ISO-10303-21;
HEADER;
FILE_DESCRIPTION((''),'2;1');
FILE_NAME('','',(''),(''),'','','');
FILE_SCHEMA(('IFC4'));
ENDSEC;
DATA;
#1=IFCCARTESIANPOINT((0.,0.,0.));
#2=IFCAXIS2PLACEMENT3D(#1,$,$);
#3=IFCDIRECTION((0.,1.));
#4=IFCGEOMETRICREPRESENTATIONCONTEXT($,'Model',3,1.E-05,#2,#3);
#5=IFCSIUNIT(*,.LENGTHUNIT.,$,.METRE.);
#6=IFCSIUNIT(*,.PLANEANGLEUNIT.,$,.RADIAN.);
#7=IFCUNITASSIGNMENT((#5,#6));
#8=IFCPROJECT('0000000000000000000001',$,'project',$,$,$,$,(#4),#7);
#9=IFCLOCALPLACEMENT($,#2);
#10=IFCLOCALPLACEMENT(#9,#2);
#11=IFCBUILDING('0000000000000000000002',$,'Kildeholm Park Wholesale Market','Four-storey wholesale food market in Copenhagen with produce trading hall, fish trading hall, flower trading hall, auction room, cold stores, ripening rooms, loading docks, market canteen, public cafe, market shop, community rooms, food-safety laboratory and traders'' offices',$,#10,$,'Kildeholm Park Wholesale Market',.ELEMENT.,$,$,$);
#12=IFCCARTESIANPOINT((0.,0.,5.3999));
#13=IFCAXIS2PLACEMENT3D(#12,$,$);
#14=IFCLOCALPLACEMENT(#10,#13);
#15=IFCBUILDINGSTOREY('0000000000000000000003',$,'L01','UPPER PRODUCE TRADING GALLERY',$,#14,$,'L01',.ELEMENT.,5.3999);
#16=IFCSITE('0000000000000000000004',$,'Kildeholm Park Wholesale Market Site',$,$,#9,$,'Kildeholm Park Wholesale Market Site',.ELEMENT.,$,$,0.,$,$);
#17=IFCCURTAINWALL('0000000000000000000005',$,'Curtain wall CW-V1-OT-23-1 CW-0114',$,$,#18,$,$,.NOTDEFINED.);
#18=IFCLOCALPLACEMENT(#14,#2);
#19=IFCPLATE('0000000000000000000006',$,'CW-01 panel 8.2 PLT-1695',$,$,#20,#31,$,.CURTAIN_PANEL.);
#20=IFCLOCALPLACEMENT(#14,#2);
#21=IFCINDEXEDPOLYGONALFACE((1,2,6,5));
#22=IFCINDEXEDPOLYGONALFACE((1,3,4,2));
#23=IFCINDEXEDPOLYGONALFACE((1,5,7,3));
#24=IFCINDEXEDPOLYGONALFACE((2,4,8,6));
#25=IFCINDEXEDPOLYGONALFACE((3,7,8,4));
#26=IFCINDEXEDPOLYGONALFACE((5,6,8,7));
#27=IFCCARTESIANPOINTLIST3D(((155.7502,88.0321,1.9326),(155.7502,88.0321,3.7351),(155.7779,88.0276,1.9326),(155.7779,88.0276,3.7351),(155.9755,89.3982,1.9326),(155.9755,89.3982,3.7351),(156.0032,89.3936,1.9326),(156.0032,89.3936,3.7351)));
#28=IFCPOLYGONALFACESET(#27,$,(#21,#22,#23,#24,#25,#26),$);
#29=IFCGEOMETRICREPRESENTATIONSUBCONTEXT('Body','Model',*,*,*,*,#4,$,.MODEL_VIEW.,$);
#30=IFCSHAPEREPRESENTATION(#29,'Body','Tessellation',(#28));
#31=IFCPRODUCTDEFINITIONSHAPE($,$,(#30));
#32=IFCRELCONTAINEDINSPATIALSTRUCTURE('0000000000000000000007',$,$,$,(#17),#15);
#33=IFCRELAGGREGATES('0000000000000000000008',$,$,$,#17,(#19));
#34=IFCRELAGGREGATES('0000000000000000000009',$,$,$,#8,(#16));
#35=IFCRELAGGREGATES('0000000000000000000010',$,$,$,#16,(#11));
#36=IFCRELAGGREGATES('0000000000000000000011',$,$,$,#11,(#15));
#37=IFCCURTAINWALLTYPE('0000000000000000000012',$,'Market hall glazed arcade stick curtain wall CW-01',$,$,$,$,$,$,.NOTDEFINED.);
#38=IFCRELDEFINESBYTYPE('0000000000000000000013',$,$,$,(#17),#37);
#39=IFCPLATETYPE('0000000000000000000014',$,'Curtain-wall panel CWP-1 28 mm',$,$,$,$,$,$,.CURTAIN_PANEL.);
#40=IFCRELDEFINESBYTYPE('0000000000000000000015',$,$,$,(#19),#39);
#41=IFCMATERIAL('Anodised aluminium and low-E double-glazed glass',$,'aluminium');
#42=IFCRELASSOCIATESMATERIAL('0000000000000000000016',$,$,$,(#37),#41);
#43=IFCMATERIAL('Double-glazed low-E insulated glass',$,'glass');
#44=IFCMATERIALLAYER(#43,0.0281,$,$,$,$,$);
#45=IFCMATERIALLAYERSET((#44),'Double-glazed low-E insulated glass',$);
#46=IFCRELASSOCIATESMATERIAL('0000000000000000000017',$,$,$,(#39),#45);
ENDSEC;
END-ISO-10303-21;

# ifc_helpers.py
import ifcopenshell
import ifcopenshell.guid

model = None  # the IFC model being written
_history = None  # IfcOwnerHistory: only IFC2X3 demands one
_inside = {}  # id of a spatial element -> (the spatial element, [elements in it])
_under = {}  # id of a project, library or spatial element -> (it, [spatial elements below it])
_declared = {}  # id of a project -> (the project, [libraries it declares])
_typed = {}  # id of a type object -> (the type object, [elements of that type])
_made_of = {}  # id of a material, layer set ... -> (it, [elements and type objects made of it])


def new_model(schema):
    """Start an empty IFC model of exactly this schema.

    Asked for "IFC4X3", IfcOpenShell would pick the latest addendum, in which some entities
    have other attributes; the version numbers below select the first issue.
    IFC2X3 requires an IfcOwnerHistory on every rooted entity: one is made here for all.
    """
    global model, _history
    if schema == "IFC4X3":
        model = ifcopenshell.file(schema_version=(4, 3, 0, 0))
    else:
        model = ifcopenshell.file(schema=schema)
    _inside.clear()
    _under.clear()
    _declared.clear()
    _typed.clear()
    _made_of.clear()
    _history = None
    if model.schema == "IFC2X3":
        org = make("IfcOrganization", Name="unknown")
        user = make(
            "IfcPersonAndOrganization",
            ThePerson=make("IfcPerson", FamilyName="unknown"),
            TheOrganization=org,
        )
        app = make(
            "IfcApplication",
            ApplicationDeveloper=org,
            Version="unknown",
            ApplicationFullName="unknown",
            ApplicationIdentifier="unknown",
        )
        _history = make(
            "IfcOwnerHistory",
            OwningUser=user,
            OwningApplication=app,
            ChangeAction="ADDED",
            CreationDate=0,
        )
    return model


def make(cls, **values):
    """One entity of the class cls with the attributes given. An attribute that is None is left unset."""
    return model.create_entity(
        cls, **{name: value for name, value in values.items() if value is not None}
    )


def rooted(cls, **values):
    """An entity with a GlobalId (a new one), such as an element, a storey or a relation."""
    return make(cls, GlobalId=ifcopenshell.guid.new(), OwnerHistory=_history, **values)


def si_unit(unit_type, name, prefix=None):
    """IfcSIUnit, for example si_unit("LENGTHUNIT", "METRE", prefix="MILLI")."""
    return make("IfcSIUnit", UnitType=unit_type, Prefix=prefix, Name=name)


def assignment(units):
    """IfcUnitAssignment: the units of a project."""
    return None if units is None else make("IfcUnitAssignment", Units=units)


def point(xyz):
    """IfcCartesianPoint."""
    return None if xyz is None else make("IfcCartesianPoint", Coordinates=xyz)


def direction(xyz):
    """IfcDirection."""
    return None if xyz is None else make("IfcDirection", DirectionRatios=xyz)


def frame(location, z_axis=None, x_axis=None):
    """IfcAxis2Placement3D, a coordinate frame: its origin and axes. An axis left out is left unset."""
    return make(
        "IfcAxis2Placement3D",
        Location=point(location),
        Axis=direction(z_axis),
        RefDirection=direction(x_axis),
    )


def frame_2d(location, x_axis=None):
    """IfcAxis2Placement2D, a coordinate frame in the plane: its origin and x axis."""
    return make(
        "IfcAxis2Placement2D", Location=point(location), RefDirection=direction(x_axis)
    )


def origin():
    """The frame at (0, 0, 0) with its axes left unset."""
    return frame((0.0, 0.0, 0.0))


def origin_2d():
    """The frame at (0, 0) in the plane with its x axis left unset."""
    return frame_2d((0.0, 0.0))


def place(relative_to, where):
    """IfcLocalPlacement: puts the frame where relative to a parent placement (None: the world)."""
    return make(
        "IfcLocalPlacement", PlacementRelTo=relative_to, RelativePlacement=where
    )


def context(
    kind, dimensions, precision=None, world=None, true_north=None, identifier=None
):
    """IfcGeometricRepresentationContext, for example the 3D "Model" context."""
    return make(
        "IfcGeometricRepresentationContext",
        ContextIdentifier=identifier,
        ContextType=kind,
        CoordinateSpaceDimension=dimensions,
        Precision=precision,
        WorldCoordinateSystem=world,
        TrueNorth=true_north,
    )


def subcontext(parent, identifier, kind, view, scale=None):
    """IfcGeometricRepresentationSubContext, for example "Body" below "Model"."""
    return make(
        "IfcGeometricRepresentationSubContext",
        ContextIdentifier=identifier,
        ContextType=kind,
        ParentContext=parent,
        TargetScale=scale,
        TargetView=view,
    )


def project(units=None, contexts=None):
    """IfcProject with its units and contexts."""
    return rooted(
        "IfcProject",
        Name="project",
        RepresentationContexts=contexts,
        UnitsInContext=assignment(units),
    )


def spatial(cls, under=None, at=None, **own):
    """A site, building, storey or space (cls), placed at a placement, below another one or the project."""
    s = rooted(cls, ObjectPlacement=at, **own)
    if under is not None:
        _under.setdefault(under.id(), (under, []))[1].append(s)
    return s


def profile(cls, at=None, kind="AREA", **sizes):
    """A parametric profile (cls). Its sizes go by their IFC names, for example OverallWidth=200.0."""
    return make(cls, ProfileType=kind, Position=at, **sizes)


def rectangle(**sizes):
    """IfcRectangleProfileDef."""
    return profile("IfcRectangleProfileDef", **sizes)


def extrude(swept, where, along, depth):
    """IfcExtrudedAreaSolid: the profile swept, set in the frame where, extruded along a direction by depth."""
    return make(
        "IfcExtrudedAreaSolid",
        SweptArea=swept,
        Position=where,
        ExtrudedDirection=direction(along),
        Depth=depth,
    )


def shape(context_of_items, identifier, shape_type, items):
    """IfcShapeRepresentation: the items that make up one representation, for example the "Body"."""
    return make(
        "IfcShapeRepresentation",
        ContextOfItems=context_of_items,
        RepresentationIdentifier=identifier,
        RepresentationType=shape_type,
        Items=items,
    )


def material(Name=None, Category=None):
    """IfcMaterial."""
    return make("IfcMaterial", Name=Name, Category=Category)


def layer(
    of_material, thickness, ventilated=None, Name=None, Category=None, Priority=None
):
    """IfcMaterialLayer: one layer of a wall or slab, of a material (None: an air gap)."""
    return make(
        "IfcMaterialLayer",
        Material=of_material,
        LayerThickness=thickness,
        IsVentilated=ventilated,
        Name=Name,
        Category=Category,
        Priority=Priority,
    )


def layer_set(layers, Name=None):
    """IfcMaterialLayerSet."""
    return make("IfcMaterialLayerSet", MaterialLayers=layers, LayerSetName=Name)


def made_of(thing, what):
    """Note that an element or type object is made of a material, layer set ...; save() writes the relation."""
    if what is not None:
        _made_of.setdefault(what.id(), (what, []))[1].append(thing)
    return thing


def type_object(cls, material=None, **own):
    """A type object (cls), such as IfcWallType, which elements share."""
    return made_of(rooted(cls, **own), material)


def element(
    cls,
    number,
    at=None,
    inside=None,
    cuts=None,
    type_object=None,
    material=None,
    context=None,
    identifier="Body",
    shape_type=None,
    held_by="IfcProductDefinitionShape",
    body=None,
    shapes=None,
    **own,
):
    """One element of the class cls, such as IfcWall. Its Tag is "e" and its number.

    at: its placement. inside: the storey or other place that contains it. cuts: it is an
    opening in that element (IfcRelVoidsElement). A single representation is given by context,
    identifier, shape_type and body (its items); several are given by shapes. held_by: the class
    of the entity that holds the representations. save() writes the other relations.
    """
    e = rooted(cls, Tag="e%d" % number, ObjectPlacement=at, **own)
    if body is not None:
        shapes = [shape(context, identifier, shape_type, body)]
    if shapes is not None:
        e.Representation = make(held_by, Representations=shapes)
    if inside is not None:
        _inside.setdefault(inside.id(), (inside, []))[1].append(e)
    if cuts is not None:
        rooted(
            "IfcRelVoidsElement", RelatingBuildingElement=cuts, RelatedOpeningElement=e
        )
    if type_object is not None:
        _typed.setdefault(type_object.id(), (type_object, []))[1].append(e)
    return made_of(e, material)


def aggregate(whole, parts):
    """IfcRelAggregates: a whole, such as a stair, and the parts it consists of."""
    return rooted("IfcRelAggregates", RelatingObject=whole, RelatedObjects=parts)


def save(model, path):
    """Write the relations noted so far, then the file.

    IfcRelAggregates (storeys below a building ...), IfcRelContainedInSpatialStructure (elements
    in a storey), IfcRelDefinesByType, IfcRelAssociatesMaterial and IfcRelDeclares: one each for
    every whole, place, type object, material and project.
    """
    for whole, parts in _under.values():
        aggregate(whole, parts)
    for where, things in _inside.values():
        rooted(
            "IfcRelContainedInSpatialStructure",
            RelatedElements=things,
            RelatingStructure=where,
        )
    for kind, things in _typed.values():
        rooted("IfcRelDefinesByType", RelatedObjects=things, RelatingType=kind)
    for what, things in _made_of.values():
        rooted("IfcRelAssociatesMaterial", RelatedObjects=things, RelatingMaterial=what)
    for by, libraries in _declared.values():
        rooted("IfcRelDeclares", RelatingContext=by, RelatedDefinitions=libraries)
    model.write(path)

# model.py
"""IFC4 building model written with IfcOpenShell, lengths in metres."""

from ifc_helpers import new_model, si_unit, direction, frame, origin, origin_2d, place, context, subcontext, project, spatial, rectangle, extrude, material, layer, layer_set, type_object, element, aggregate, save


model = new_model("IFC4")

# Units and contexts
model_context = context("Model", 3, precision=1e-05, world=origin(), true_north=direction((0.0, 1.0)))
body_context = subcontext(model_context, "Body", "Model", "MODEL_VIEW")
ifc_project = project(units=[si_unit("LENGTHUNIT", "METRE"), si_unit("PLANEANGLEUNIT", "RADIAN")], contexts=[model_context])

# Site, building, storey
site_placement = place(None, origin())
site = spatial("IfcSite", under=ifc_project, at=site_placement, Name="Kildeholm Park Wholesale Market Site", LongName="Kildeholm Park Wholesale Market Site", CompositionType="ELEMENT", RefElevation=0.0)
building_placement = place(site_placement, origin())
building = spatial("IfcBuilding", under=site, at=building_placement, Name="Kildeholm Park Wholesale Market", Description="Four-storey wholesale food market in Copenhagen with produce trading hall, fish trading hall, flower trading hall, auction room, cold stores, ripening rooms, loading docks, market canteen, public cafe, market shop, community rooms, food-safety laboratory and traders' offices", LongName="Kildeholm Park Wholesale Market", CompositionType="ELEMENT")
storey_placement = place(building_placement, frame((0.0, 0.0, 5.3999)))
storey = spatial("IfcBuildingStorey", under=building, at=storey_placement, Name="L01", Description="UPPER PRODUCE TRADING GALLERY", LongName="L01", CompositionType="ELEMENT", Elevation=5.3999)

# Curtain wall
ifc_material_1 = material(Name="Anodised aluminium and low-E double-glazed glass", Category="aluminium")
curtain_wall_type = type_object("IfcCurtainWallType", Name="Market hall glazed arcade stick curtain wall CW-01", PredefinedType="NOTDEFINED", material=ifc_material_1)
curtain_wall_1_placement = place(storey_placement, origin())
curtain_wall_1 = element("IfcCurtainWall", 1, at=curtain_wall_1_placement, inside=storey, type_object=curtain_wall_type, Name="Curtain wall CW-V1-OT-23-1 CW-0114", PredefinedType="NOTDEFINED")

# Plate
ifc_material_2 = material(Name="Double-glazed low-E insulated glass", Category="glass")
ifc_layer = layer(ifc_material_2, 0.0281)
ifc_layer_set = layer_set([ifc_layer], Name="Double-glazed low-E insulated glass")
plate_type = type_object("IfcPlateType", Name="Curtain-wall panel CWP-1 28 mm", PredefinedType="CURTAIN_PANEL", material=ifc_layer_set)
plate_1_placement = place(storey_placement, frame((155.8767, 88.7129, 1.9326), z_axis=(0.0, 0.0, 1.0), x_axis=(0.162703, 0.986675, 0.0)))
plate_1 = element("IfcPlate", 2, at=plate_1_placement, type_object=plate_type, Name="CW-01 panel 8.2 PLT-1695", PredefinedType="CURTAIN_PANEL", context=body_context, shape_type="SweptSolid", body=[
    extrude(rectangle(XDim=1.3845, YDim=0.0281, at=origin_2d()), origin(), (0.0, 0.0, 1.0), 1.8025),
])
aggregate(curtain_wall_1, [plate_1])

save(model, "model.ifc")
